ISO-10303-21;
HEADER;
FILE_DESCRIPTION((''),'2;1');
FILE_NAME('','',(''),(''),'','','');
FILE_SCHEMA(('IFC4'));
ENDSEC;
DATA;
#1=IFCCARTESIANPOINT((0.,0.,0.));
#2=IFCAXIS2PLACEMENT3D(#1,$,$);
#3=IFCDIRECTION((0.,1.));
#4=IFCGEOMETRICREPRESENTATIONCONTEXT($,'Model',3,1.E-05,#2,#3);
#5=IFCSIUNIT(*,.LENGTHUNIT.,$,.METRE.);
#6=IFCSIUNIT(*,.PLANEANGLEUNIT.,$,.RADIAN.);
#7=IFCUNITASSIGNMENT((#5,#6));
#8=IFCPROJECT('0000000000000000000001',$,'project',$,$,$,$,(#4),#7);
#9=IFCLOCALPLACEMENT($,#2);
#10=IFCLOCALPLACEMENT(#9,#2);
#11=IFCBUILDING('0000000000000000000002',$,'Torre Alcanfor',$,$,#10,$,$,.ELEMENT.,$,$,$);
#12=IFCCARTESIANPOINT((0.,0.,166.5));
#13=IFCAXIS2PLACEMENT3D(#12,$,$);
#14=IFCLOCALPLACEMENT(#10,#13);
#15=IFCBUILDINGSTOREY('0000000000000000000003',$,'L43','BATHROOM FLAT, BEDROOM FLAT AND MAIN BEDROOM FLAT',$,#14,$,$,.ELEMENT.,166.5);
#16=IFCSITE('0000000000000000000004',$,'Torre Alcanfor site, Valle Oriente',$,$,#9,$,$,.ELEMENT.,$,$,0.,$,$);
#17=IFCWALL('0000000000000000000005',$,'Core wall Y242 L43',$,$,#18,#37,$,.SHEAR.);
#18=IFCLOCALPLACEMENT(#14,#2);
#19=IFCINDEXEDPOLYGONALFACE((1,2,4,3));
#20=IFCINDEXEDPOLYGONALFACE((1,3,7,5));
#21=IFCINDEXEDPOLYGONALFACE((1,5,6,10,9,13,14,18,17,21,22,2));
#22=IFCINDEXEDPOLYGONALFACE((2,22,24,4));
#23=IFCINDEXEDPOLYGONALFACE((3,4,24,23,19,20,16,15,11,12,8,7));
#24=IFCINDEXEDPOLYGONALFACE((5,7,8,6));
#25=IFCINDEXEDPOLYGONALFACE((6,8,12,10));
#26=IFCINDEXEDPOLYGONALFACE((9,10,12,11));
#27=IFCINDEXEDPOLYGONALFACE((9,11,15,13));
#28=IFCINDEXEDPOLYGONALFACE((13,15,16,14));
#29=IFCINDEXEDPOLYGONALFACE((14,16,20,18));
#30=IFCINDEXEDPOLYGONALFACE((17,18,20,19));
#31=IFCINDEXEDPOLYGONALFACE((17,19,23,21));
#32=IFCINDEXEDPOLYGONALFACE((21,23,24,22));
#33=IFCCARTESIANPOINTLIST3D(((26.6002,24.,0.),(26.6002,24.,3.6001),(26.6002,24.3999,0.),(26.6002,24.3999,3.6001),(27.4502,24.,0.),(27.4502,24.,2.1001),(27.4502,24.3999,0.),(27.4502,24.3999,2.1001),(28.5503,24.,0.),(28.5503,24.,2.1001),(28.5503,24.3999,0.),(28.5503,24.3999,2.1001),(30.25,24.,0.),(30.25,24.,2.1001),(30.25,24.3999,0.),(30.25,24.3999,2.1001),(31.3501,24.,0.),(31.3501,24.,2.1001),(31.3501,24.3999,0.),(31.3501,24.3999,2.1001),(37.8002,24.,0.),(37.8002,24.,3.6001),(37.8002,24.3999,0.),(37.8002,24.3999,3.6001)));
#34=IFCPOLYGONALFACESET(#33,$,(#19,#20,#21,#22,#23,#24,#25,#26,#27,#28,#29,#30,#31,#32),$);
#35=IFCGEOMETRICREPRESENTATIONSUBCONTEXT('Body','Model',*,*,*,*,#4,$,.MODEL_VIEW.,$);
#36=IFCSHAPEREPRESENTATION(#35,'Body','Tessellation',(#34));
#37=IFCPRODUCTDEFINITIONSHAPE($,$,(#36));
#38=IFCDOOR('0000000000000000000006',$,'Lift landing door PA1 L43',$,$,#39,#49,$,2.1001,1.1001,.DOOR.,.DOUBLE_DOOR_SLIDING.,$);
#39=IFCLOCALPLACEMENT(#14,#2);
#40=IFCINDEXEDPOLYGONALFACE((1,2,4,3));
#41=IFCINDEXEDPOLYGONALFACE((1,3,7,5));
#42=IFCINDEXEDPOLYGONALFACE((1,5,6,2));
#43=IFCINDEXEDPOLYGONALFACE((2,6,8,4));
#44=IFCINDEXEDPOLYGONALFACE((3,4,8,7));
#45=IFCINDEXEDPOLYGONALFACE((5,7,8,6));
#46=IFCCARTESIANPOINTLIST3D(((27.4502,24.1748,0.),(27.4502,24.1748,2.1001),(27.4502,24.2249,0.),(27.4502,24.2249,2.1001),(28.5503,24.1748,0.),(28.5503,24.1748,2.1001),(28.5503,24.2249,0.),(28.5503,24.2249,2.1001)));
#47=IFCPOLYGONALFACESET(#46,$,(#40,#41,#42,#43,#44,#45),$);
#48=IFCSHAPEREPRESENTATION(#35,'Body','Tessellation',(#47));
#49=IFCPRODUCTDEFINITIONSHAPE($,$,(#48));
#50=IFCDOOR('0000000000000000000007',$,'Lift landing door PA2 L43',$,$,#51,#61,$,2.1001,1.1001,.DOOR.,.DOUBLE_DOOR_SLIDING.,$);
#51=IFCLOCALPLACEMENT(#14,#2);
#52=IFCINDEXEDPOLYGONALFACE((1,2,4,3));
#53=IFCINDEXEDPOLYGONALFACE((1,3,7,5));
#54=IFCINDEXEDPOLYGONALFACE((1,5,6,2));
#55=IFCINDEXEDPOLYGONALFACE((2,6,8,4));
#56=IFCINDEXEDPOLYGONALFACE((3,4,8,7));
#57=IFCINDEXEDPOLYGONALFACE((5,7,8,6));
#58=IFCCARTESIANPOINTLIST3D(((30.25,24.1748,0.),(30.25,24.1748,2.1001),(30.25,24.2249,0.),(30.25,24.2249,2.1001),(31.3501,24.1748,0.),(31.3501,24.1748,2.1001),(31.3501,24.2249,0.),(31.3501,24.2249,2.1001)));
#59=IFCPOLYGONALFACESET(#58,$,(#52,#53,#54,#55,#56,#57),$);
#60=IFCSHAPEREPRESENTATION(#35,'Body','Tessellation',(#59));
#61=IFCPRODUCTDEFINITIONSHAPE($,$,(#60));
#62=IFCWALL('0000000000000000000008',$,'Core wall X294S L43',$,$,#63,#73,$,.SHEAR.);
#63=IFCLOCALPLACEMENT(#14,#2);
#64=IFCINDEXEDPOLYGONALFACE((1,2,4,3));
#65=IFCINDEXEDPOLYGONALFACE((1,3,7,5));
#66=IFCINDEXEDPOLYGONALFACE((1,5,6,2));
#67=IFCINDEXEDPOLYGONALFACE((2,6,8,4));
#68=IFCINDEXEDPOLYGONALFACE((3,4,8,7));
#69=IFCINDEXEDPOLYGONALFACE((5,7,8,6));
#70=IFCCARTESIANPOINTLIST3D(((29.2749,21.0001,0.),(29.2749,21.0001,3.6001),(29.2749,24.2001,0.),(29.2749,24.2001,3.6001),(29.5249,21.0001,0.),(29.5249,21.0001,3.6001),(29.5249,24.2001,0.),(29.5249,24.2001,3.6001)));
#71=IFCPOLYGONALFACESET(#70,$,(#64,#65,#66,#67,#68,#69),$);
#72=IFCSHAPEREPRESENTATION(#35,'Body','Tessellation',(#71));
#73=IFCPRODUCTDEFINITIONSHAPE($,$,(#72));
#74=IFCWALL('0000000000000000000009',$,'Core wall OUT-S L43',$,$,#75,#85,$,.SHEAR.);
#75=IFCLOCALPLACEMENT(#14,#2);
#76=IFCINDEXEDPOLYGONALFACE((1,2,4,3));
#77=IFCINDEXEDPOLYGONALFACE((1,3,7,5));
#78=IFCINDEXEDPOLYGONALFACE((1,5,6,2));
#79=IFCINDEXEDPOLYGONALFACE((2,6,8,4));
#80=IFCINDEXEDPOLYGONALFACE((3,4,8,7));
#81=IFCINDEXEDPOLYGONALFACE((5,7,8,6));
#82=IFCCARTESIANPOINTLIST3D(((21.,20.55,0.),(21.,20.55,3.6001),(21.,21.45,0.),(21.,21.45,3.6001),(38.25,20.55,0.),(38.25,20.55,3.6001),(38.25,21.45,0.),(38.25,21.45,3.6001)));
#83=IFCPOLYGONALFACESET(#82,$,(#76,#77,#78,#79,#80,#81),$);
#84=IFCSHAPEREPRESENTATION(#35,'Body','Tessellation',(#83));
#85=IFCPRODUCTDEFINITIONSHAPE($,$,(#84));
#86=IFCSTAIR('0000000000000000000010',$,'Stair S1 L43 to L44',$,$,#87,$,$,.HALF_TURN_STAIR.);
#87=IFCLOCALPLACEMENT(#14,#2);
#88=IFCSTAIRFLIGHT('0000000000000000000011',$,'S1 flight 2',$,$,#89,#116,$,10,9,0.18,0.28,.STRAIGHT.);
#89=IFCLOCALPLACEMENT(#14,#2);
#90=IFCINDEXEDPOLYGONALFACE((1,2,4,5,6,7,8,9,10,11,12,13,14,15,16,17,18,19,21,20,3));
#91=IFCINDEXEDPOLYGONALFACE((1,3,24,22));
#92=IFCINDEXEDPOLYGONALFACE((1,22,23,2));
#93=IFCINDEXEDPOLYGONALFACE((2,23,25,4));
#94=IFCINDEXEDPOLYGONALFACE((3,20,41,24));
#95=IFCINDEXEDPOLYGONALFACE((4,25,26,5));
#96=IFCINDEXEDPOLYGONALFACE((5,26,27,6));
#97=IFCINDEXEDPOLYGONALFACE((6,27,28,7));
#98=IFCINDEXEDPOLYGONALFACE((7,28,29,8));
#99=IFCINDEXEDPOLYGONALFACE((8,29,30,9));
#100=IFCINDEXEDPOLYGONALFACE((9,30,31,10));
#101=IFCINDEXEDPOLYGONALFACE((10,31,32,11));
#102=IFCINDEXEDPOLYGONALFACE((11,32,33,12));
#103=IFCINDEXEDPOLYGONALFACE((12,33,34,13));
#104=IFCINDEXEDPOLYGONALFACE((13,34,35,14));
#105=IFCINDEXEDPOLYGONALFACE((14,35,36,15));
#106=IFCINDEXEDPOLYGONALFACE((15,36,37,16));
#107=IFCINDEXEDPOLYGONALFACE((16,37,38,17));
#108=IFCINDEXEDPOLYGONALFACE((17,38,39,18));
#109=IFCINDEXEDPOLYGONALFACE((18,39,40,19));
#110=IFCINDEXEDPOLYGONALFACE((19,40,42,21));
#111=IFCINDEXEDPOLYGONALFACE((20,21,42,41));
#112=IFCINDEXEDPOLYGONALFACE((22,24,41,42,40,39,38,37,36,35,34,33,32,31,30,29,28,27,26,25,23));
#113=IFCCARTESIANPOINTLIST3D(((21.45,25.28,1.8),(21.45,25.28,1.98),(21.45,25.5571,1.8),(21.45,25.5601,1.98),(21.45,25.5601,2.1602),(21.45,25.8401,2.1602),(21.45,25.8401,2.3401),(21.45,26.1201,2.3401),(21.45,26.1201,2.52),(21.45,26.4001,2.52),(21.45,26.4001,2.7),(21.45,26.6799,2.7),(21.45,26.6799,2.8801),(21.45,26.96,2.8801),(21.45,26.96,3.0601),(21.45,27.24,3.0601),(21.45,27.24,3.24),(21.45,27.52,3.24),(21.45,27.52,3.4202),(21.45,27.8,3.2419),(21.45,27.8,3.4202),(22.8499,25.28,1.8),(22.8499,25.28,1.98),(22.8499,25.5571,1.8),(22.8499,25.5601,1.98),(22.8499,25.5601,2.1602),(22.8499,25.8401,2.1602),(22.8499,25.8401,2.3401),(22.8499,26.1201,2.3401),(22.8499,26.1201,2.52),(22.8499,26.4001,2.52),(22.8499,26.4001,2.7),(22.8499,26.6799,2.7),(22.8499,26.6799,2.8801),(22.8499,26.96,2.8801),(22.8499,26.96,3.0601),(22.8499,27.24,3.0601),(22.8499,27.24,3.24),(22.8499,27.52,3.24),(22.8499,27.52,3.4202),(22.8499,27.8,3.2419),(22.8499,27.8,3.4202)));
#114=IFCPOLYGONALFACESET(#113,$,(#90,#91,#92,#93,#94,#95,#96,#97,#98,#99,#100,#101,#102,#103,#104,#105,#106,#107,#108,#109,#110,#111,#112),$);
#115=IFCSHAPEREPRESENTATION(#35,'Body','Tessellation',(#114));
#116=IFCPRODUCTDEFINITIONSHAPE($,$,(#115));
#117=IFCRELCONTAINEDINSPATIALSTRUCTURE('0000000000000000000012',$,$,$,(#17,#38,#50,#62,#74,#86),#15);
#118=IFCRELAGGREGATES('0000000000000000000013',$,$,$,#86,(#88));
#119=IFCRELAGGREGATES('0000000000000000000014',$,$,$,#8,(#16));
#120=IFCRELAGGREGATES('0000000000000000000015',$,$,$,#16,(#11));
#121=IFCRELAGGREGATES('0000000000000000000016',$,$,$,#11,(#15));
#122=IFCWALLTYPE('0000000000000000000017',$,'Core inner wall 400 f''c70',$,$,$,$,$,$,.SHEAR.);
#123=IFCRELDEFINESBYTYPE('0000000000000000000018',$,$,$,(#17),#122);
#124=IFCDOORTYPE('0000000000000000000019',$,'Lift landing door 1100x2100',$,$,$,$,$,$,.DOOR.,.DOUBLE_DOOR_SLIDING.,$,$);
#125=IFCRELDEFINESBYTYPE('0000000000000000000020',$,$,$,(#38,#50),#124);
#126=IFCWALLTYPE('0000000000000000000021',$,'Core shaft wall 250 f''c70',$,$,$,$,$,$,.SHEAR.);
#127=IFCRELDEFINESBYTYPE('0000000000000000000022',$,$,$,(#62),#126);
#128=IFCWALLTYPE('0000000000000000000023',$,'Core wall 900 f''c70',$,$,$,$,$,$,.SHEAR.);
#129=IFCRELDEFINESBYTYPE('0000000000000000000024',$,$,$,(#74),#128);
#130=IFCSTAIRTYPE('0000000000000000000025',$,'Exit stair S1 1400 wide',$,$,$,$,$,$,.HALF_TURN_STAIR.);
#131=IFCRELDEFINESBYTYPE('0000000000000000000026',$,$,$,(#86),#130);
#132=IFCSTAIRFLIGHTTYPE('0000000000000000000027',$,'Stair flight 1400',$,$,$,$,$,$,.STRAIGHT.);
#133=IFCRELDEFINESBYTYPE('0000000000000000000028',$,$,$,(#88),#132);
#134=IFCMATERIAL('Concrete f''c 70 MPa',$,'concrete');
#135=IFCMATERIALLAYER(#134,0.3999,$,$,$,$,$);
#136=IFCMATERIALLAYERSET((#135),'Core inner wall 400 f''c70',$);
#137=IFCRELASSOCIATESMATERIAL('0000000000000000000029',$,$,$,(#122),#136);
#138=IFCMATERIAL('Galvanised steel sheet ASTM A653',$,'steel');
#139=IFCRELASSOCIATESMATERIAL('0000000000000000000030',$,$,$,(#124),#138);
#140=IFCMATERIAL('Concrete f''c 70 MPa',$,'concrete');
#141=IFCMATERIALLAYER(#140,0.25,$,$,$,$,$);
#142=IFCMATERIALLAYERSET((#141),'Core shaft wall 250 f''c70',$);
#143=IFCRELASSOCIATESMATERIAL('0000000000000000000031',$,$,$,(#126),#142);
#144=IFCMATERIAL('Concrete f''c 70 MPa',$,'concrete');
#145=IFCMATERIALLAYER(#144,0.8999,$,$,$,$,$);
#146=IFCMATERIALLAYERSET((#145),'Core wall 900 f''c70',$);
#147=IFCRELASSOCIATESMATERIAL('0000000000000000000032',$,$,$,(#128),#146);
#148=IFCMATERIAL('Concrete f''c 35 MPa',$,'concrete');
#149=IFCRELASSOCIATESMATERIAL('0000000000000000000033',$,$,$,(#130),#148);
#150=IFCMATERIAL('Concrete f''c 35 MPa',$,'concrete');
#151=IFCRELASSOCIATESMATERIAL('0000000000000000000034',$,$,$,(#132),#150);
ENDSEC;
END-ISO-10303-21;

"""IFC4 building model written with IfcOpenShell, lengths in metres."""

from ifc_helpers import new_model, si_unit, direction, frame, frame_2d, origin, place, context, subcontext, project, spatial, polyline, rectangle, outline, extrude, material, layer, layer_set, type_object, element, fill, aggregate, save


model = new_model("IFC4")

# Units and contexts
model_context = context("Model", 3, precision=1e-05, world=origin(), true_north=direction((0.0, 1.0)))
body_context = subcontext(model_context, "Body", "Model", "MODEL_VIEW")
ifc_project = project(units=[si_unit("LENGTHUNIT", "METRE"), si_unit("PLANEANGLEUNIT", "RADIAN")], contexts=[model_context])

# Site, building, storey
site_placement = place(None, origin())
site = spatial("IfcSite", under=ifc_project, at=site_placement, Name="Torre Alcanfor site, Valle Oriente", CompositionType="ELEMENT", RefElevation=0.0)
building_placement = place(site_placement, origin())
building = spatial("IfcBuilding", under=site, at=building_placement, Name="Torre Alcanfor", CompositionType="ELEMENT")
storey_placement = place(building_placement, frame((0.0, 0.0, 166.5)))
storey = spatial("IfcBuildingStorey", under=building, at=storey_placement, Name="L43", Description="BATHROOM FLAT, BEDROOM FLAT AND MAIN BEDROOM FLAT", CompositionType="ELEMENT", Elevation=166.5)

# Shared definitions
ifc_material_1 = material(Name="Concrete f'c 70 MPa", Category="concrete")
ifc_layer_1 = layer(ifc_material_1, 0.3999)
ifc_layer_set_1 = layer_set([ifc_layer_1], Name="Core inner wall 400 f'c70")
wall_type_1 = type_object("IfcWallType", Name="Core inner wall 400 f'c70", PredefinedType="SHEAR", material=ifc_layer_set_1)

# Wall, openings, doors
wall_1_placement = place(storey_placement, frame((26.6001, 24.2, 0.0), z_axis=(0.0, 0.0, 1.0), x_axis=(1.0, 0.0, 0.0)))
wall_1 = element("IfcWall", 1, at=wall_1_placement, inside=storey, type_object=wall_type_1, Name="Core wall Y242 L43", PredefinedType="SHEAR", context=body_context, shape_type="SweptSolid", body=[
    extrude(rectangle(XDim=11.2, YDim=0.3999, at=frame_2d((5.6001, 0.0))), origin(), (0.0, 0.0, 1.0), 3.6001),
])
opening_1_placement = place(wall_1_placement, frame((0.8501, 0.0, 0.0)))
opening_1 = element("IfcOpeningElement", 2, at=opening_1_placement, cuts=wall_1, PredefinedType="OPENING", context=body_context, shape_type="SweptSolid", body=[
    extrude(rectangle(XDim=1.1001, YDim=2.1001, at=frame_2d((0.55, 1.05))), frame((0.0, 0.21, 0.0), z_axis=(0.0, -1.0, 0.0), x_axis=(1.0, 0.0, 0.0)), (0.0, 0.0, 1.0), 0.4199),
])
opening_2_placement = place(wall_1_placement, frame((3.6499, 0.0, 0.0)))
opening_2 = element("IfcOpeningElement", 3, at=opening_2_placement, cuts=wall_1, PredefinedType="OPENING", context=body_context, shape_type="SweptSolid", body=[
    extrude(rectangle(XDim=1.1001, YDim=2.1001, at=frame_2d((0.55, 1.05))), frame((0.0, 0.21, 0.0), z_axis=(0.0, -1.0, 0.0), x_axis=(1.0, 0.0, 0.0)), (0.0, 0.0, 1.0), 0.4199),
])
ifc_material_2 = material(Name="Galvanised steel sheet ASTM A653", Category="steel")
door_type_1 = type_object("IfcDoorType", Name="Lift landing door 1100x2100", OperationType="DOUBLE_DOOR_SLIDING", PredefinedType="DOOR", material=ifc_material_2)
door_1_placement = place(opening_1_placement, origin())
door_1 = element("IfcDoor", 4, at=door_1_placement, inside=storey, type_object=door_type_1, Name="Lift landing door PA1 L43", OperationType="DOUBLE_DOOR_SLIDING", OverallHeight=2.1001, OverallWidth=1.1001, PredefinedType="DOOR", context=body_context, shape_type="SweptSolid", body=[
    extrude(rectangle(XDim=1.1001, YDim=2.1001, at=frame_2d((0.55, 1.05))), frame((0.0, 0.0249, 0.0), z_axis=(0.0, -1.0, 0.0), x_axis=(1.0, 0.0, 0.0)), (0.0, 0.0, 1.0), 0.05),
])
fill(opening_1, door_1)
door_2_placement = place(opening_2_placement, origin())
door_2 = element("IfcDoor", 5, at=door_2_placement, inside=storey, type_object=door_type_1, Name="Lift landing door PA2 L43", OperationType="DOUBLE_DOOR_SLIDING", OverallHeight=2.1001, OverallWidth=1.1001, PredefinedType="DOOR", context=body_context, shape_type="SweptSolid", body=[
    extrude(rectangle(XDim=1.1001, YDim=2.1001, at=frame_2d((0.55, 1.05))), frame((0.0, 0.0249, 0.0), z_axis=(0.0, -1.0, 0.0), x_axis=(1.0, 0.0, 0.0)), (0.0, 0.0, 1.0), 0.05),
])
fill(opening_2, door_2)

# Walls
ifc_material_3 = material(Name="Concrete f'c 70 MPa", Category="concrete")
ifc_layer_2 = layer(ifc_material_3, 0.25)
ifc_layer_set_2 = layer_set([ifc_layer_2], Name="Core shaft wall 250 f'c70")
wall_type_2 = type_object("IfcWallType", Name="Core shaft wall 250 f'c70", PredefinedType="SHEAR", material=ifc_layer_set_2)
wall_2_placement = place(storey_placement, frame((29.3999, 21.0, 0.0), z_axis=(0.0, 0.0, 1.0), x_axis=(0.0, 1.0, 0.0)))
element("IfcWall", 6, at=wall_2_placement, inside=storey, type_object=wall_type_2, Name="Core wall X294S L43", PredefinedType="SHEAR", context=body_context, shape_type="SweptSolid", body=[
    extrude(rectangle(XDim=3.2, YDim=0.25, at=frame_2d((1.6001, 0.0))), origin(), (0.0, 0.0, 1.0), 3.6001),
])
ifc_material_4 = material(Name="Concrete f'c 70 MPa", Category="concrete")
ifc_layer_3 = layer(ifc_material_4, 0.8999)
ifc_layer_set_3 = layer_set([ifc_layer_3], Name="Core wall 900 f'c70")
wall_type_3 = type_object("IfcWallType", Name="Core wall 900 f'c70", PredefinedType="SHEAR", material=ifc_layer_set_3)
wall_3_placement = place(storey_placement, frame((21.0, 21.0, 0.0), z_axis=(0.0, 0.0, 1.0), x_axis=(1.0, 0.0, 0.0)))
element("IfcWall", 7, at=wall_3_placement, inside=storey, type_object=wall_type_3, Name="Core wall OUT-S L43", PredefinedType="SHEAR", context=body_context, shape_type="SweptSolid", body=[
    extrude(rectangle(XDim=17.25, YDim=0.8999, at=frame_2d((8.625, 0.0))), origin(), (0.0, 0.0, 1.0), 3.6001),
])

# Stair, stair flight
ifc_material_5 = material(Name="Concrete f'c 35 MPa", Category="concrete")
stair_type = type_object("IfcStairType", Name="Exit stair S1 1400 wide", PredefinedType="HALF_TURN_STAIR", material=ifc_material_5)
stair_placement = place(storey_placement, origin())
stair = element("IfcStair", 8, at=stair_placement, inside=storey, type_object=stair_type, Name="Stair S1 L43 to L44", PredefinedType="HALF_TURN_STAIR")
ifc_material_6 = material(Name="Concrete f'c 35 MPa", Category="concrete")
stair_flight_type = type_object("IfcStairFlightType", Name="Stair flight 1400", PredefinedType="STRAIGHT", material=ifc_material_6)
stair_flight_placement = place(storey_placement, frame((22.1499, 25.28, 1.8), z_axis=(0.0, 0.0, 1.0), x_axis=(0.0, 1.0, 0.0)))
stair_flight = element("IfcStairFlight", 9, at=stair_flight_placement, type_object=stair_flight_type, Name="S1 flight 2", NumberOfRisers=10, NumberOfTreads=9, PredefinedType="STRAIGHT", RiserHeight=0.18, TreadLength=0.28, context=body_context, shape_type="SweptSolid", body=[
    extrude(outline(polyline([(0.0, 0.0), (0.0, 0.1799), (0.28, 0.1799), (0.28, 0.3601), (0.5601, 0.3601), (0.5601, 0.54), (0.8401, 0.54), (0.8401, 0.72), (1.1201, 0.72), (1.1201, 0.8999), (1.3999, 0.8999), (1.3999, 1.0801), (1.6799, 1.0801), (1.6799, 1.26), (1.96, 1.26), (1.96, 1.4399), (2.24, 1.4399), (2.24, 1.6201), (2.52, 1.6201), (2.52, 1.8), (2.52, 1.4419), (0.2771, 0.0), (0.0, 0.0)])), frame((0.0, 0.7, 0.0), z_axis=(0.0, -1.0, 0.0), x_axis=(1.0, 0.0, 0.0)), (0.0, 0.0, 1.0), 1.3999),
])
aggregate(stair, [stair_flight])

save(model, "model.ifc")
